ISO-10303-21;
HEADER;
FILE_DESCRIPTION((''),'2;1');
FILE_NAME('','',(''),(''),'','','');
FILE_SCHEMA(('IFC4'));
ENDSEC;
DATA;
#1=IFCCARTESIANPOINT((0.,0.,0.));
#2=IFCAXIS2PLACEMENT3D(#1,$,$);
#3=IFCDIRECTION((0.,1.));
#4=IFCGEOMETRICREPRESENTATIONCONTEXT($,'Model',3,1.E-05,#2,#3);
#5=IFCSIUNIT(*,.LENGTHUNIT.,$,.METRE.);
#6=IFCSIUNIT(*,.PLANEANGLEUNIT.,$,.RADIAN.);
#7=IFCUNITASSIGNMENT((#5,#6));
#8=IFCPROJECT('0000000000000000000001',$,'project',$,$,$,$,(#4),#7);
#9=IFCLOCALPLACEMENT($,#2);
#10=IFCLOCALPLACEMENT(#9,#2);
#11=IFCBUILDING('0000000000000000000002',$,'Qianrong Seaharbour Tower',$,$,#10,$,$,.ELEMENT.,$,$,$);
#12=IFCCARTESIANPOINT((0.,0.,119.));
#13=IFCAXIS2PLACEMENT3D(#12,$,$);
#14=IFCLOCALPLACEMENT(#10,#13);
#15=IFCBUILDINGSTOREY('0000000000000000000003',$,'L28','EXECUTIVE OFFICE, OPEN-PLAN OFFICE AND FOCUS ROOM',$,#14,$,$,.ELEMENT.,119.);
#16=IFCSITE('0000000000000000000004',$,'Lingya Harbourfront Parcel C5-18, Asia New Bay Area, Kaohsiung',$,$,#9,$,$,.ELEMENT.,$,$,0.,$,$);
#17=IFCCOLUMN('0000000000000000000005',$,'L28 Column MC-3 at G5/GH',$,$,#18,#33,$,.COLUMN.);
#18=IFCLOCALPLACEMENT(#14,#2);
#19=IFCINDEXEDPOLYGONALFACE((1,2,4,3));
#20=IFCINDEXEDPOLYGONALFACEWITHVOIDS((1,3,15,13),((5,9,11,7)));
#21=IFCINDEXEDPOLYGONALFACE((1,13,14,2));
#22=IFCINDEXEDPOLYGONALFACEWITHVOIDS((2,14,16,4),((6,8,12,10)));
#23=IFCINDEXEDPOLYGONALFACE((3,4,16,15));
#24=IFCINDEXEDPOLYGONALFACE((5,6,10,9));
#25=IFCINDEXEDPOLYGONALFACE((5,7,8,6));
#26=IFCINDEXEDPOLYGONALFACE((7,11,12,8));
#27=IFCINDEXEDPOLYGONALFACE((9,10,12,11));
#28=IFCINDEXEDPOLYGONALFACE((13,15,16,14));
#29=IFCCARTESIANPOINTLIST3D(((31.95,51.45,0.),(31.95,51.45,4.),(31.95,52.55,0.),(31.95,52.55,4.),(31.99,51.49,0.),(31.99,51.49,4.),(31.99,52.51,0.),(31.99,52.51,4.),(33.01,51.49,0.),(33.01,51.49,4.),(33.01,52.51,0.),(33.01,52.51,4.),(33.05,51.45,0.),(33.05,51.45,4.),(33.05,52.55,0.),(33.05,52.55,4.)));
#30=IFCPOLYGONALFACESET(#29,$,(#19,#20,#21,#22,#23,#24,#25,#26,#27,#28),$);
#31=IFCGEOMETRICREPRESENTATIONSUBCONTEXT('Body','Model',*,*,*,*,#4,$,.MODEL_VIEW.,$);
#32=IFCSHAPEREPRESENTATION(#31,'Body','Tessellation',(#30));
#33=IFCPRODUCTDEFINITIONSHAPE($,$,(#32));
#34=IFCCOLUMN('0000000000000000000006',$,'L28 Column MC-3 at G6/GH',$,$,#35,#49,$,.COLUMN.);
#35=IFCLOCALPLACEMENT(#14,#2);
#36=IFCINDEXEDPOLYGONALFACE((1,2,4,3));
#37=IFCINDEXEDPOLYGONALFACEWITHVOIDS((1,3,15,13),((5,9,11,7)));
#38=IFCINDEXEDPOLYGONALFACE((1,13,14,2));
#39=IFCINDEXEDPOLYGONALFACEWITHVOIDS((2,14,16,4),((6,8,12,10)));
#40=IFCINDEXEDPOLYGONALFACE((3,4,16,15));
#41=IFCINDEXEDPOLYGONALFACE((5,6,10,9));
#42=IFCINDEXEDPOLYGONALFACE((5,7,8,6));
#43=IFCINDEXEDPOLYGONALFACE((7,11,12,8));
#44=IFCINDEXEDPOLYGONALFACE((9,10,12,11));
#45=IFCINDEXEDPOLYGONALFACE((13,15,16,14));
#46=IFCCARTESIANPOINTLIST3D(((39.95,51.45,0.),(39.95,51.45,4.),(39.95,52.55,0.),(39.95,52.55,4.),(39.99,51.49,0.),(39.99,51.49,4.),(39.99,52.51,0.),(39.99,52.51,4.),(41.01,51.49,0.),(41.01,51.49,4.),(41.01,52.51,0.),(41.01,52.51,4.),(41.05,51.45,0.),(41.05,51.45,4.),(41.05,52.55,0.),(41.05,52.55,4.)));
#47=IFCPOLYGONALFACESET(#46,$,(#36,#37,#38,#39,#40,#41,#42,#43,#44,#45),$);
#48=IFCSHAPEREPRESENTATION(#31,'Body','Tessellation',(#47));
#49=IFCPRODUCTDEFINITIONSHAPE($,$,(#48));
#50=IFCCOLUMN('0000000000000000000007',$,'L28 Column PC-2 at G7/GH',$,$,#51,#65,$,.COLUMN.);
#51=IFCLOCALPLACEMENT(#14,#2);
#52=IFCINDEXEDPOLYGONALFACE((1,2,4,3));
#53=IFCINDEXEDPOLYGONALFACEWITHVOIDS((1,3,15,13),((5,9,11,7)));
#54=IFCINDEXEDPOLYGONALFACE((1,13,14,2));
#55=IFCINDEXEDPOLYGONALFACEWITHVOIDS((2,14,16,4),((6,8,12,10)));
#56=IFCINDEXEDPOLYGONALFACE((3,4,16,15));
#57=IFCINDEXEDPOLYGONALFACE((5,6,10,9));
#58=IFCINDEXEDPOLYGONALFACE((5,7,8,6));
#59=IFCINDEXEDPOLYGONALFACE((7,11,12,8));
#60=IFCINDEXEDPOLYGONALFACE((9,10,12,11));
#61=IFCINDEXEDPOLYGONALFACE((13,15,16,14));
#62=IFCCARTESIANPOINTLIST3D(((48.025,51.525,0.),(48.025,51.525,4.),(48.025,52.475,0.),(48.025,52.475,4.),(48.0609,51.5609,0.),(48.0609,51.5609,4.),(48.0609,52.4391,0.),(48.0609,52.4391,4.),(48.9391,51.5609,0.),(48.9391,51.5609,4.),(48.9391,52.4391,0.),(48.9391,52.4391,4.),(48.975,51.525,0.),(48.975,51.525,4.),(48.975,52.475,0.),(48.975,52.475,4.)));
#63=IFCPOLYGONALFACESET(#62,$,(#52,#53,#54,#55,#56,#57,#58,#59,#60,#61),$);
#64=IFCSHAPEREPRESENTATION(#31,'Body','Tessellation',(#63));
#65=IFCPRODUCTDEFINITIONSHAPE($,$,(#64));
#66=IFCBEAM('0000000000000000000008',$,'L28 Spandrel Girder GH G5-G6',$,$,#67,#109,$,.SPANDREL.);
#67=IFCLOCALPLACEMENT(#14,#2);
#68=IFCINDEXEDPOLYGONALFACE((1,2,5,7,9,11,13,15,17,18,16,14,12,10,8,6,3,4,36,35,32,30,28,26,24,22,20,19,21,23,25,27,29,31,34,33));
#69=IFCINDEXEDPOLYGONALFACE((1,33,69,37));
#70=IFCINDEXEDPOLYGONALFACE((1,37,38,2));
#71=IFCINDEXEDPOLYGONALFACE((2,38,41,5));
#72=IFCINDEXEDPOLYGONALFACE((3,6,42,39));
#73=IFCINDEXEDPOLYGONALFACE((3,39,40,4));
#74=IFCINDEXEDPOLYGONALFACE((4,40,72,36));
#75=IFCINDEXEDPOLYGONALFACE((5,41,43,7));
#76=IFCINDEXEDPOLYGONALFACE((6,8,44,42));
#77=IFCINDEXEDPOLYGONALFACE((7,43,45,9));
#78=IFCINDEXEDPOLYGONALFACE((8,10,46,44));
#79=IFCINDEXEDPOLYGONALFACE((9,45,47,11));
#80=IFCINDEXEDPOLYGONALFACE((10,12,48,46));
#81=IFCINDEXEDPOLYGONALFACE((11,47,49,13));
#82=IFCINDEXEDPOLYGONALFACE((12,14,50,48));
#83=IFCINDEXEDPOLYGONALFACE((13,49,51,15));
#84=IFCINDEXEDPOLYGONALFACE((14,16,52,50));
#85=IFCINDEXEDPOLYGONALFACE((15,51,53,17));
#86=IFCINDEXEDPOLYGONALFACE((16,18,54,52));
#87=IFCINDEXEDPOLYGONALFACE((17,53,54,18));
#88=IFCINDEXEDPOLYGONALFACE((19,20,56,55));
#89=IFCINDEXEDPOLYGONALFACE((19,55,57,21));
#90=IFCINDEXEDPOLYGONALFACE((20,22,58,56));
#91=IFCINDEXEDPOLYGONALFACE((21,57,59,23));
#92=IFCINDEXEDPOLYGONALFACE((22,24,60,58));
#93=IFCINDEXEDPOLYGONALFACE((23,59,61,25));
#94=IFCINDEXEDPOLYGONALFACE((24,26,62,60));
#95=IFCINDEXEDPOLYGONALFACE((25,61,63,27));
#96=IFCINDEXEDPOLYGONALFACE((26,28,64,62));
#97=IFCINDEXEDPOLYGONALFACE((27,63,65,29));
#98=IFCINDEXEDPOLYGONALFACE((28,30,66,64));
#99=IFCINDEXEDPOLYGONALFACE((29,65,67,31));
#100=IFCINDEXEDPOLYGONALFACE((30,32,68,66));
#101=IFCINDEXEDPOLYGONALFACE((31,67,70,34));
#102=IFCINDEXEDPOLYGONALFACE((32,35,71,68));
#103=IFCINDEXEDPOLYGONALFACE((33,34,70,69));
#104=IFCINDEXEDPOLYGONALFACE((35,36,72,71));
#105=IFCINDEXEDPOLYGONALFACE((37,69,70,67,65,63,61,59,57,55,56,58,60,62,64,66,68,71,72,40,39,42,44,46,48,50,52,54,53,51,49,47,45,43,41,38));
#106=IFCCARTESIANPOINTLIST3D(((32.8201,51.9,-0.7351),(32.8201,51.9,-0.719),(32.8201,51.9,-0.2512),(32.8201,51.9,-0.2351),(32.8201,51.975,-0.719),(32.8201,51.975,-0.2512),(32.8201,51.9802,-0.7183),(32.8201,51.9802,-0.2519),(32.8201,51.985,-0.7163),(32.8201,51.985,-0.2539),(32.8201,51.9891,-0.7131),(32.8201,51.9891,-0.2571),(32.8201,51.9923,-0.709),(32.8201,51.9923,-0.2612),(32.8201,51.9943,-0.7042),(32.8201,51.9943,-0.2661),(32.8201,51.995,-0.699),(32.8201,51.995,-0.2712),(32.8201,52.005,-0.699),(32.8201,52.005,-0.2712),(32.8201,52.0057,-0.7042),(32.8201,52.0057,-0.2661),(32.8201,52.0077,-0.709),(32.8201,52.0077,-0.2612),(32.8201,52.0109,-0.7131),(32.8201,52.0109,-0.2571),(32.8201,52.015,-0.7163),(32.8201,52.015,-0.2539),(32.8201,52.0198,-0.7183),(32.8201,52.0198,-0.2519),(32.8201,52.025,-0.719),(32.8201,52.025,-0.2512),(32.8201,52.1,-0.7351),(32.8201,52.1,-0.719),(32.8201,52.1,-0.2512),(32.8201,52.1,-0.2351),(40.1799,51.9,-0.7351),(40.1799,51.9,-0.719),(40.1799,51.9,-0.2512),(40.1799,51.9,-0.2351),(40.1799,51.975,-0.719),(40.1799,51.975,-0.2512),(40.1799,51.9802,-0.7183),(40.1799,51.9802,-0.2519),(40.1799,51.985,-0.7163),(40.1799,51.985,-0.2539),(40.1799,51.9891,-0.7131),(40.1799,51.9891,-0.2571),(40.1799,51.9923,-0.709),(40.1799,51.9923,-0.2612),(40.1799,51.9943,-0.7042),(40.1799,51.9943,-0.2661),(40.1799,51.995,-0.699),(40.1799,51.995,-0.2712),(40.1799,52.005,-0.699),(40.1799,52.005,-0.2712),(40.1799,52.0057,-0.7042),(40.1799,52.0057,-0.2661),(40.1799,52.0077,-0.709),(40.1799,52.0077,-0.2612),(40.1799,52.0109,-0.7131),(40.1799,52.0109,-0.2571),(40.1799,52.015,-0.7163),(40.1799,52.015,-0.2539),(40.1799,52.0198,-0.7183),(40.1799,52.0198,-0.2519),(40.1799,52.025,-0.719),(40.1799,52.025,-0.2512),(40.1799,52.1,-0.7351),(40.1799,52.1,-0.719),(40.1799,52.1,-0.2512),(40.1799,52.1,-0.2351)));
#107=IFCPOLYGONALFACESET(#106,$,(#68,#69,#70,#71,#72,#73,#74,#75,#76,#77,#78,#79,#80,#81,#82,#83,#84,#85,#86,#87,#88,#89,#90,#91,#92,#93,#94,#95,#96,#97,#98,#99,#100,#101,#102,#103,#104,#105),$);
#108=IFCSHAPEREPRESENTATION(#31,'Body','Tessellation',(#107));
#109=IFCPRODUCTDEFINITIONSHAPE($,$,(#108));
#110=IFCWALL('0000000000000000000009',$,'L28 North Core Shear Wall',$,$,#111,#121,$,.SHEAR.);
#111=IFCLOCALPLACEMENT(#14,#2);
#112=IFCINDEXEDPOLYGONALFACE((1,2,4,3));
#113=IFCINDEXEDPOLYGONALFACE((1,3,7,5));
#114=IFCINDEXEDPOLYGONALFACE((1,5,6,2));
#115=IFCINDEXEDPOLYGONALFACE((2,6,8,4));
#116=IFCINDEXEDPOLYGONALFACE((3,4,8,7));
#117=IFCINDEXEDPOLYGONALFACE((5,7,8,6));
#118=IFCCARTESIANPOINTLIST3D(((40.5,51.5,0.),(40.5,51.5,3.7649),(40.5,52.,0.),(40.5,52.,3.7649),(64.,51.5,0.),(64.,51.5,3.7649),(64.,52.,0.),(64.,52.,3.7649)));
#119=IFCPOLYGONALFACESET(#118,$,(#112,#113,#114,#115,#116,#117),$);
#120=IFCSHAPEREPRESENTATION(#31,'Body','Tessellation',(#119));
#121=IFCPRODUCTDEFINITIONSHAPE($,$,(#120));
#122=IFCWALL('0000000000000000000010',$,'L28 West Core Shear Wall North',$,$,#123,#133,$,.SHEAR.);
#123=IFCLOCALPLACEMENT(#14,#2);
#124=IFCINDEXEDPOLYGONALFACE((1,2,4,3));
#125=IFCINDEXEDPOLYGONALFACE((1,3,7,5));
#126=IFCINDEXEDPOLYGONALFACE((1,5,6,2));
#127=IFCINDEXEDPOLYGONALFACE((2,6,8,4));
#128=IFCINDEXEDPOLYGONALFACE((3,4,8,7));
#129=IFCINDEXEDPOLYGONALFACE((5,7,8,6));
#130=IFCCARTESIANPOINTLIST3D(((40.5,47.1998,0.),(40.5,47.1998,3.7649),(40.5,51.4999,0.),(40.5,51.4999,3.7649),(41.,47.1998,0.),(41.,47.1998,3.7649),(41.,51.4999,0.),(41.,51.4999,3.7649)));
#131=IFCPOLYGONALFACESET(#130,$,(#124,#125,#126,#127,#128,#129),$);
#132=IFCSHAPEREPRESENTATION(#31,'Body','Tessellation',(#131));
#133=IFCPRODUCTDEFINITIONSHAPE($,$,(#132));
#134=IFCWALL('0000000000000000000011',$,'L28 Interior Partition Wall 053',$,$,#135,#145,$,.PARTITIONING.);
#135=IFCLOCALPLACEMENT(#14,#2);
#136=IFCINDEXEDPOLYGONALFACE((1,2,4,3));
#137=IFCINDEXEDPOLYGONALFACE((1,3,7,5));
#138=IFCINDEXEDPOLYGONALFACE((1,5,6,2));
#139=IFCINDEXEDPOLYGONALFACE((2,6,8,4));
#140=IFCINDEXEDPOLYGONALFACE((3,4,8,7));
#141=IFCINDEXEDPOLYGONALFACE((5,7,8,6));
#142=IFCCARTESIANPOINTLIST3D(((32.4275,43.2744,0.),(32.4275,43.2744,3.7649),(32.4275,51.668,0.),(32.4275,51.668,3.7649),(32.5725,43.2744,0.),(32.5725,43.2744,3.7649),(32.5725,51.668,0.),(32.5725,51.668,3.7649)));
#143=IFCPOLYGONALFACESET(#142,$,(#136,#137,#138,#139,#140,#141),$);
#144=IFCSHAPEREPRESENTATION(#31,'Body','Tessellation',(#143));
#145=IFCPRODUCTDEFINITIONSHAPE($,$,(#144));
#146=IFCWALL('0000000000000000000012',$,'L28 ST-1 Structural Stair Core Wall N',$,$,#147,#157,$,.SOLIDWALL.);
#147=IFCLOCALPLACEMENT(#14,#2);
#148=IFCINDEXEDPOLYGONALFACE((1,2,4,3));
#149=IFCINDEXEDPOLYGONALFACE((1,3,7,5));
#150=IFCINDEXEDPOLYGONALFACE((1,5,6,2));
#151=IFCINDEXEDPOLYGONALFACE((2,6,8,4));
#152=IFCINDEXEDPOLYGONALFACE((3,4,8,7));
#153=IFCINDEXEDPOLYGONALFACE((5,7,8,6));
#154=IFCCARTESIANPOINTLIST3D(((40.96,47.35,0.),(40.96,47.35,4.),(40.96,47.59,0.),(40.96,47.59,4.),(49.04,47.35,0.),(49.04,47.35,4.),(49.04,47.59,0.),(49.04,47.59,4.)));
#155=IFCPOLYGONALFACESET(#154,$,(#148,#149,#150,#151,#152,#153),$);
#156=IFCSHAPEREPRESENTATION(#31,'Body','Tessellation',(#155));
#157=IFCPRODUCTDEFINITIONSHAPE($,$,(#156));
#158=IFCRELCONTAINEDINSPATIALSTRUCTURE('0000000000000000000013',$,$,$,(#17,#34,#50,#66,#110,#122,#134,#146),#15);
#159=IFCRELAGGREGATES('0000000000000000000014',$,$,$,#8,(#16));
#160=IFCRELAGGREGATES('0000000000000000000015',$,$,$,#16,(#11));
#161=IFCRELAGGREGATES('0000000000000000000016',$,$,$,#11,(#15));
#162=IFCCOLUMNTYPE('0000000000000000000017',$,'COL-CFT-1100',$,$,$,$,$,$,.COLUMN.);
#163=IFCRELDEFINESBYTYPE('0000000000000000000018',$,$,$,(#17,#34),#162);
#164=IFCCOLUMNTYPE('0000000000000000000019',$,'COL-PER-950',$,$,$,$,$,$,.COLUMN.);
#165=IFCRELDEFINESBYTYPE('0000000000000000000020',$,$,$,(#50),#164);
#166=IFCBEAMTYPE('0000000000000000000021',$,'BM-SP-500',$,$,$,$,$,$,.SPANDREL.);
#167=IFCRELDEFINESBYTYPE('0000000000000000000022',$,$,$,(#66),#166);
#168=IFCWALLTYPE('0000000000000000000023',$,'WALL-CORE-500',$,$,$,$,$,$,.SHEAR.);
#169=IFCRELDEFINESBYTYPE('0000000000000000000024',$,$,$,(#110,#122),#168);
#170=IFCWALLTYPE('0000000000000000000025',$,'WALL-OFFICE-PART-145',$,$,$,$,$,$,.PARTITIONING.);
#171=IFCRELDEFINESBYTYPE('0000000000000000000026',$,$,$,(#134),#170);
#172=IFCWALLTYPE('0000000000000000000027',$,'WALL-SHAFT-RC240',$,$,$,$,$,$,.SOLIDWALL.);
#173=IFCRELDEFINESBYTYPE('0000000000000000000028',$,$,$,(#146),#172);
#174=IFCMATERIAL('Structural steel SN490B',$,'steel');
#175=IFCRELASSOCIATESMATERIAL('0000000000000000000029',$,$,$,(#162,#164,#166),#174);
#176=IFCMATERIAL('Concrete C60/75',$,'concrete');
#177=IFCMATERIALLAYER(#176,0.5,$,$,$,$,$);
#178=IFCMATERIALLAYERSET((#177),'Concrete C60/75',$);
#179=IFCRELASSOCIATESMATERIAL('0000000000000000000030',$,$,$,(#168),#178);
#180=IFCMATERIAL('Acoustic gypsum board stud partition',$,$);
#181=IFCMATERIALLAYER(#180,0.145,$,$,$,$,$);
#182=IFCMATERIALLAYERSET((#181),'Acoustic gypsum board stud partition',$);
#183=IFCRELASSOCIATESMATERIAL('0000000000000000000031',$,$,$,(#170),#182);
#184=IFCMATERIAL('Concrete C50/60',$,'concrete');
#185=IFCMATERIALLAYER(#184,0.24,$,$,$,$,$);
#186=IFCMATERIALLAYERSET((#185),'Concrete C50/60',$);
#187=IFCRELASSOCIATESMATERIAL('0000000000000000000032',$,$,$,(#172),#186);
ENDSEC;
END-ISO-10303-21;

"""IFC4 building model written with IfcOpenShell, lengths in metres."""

from ifc_helpers import new_model, si_unit, direction, frame, frame_2d, origin, origin_2d, place, context, subcontext, project, spatial, rectangle, hollow_rectangle, i_section, extrude, material, layer, layer_set, material_profile, profile_set, type_object, element, save


model = new_model("IFC4")

# Units and contexts
model_context = context("Model", 3, precision=1e-05, world=origin(), true_north=direction((0.0, 1.0)))
body_context = subcontext(model_context, "Body", "Model", "MODEL_VIEW")
ifc_project = project(units=[si_unit("LENGTHUNIT", "METRE"), si_unit("PLANEANGLEUNIT", "RADIAN")], contexts=[model_context])

# Site, building, storey
site_placement = place(None, origin())
site = spatial("IfcSite", under=ifc_project, at=site_placement, Name="Lingya Harbourfront Parcel C5-18, Asia New Bay Area, Kaohsiung", CompositionType="ELEMENT", RefElevation=0.0)
building_placement = place(site_placement, origin())
building = spatial("IfcBuilding", under=site, at=building_placement, Name="Qianrong Seaharbour Tower", CompositionType="ELEMENT")
storey_placement = place(building_placement, frame((0.0, 0.0, 119.0)))
storey = spatial("IfcBuildingStorey", under=building, at=storey_placement, Name="L28", Description="EXECUTIVE OFFICE, OPEN-PLAN OFFICE AND FOCUS ROOM", CompositionType="ELEMENT", Elevation=119.0)

# Columns
ifc_material_1 = material(Name="Structural steel SN490B", Category="steel")
ifc_material_profile_1 = material_profile(ifc_material_1, hollow_rectangle(XDim=1.1001, YDim=1.1001, WallThickness=0.04, at=origin_2d()), Name="BOX1100x1100x40")
ifc_profile_set_1 = profile_set([ifc_material_profile_1], Name="Structural steel SN490B")
column_type_1 = type_object("IfcColumnType", Name="COL-CFT-1100", PredefinedType="COLUMN", material=ifc_profile_set_1)
for number, where, z_axis, x_axis, name in (
    (1, (32.5, 52.0, 0.0), (0.0, 0.0, 1.0), (1.0, 0.0, 0.0), "L28 Column MC-3 at G5/GH"),
    (2, (40.5, 52.0, 0.0), (0.0, 0.0, 1.0), (1.0, 0.0, 0.0), "L28 Column MC-3 at G6/GH"),
):
    element("IfcColumn", number, at=place(storey_placement, frame(where, z_axis=z_axis, x_axis=x_axis)), inside=storey, type_object=column_type_1, Name=name, PredefinedType="COLUMN", context=body_context, shape_type="SweptSolid", body=[
        extrude(hollow_rectangle(XDim=1.1001, YDim=1.1001, WallThickness=0.04, at=origin_2d()), origin(), (0.0, 0.0, 1.0), 4.0),
    ])
ifc_material_profile_2 = material_profile(ifc_material_1, hollow_rectangle(XDim=0.95, YDim=0.95, WallThickness=0.0359, at=origin_2d()), Name="BOX950x950x36")
ifc_profile_set_2 = profile_set([ifc_material_profile_2], Name="Structural steel SN490B")
column_type_2 = type_object("IfcColumnType", Name="COL-PER-950", PredefinedType="COLUMN", material=ifc_profile_set_2)
column_placement = place(storey_placement, frame((48.5, 52.0, 0.0), z_axis=(0.0, 0.0, 1.0), x_axis=(1.0, 0.0, 0.0)))
element("IfcColumn", 3, at=column_placement, inside=storey, type_object=column_type_2, Name="L28 Column PC-2 at G7/GH", PredefinedType="COLUMN", context=body_context, shape_type="SweptSolid", body=[
    extrude(hollow_rectangle(XDim=0.95, YDim=0.95, WallThickness=0.0359, at=origin_2d()), origin(), (0.0, 0.0, 1.0), 4.0),
])

# Beam
ifc_material_profile_3 = material_profile(ifc_material_1, i_section(OverallWidth=0.2, OverallDepth=0.5, WebThickness=0.01, FlangeThickness=0.0161, FilletRadius=0.02, at=origin_2d()), Name="H500x200x10x16")
ifc_profile_set_3 = profile_set([ifc_material_profile_3], Name="Structural steel SN490B")
beam_type = type_object("IfcBeamType", Name="BM-SP-500", PredefinedType="SPANDREL", material=ifc_profile_set_3)
beam_placement = place(storey_placement, frame((32.8201, 52.0, -0.4851), z_axis=(1.0, 0.0, 0.0), x_axis=(0.0, 1.0, 0.0)))
element("IfcBeam", 4, at=beam_placement, inside=storey, type_object=beam_type, Name="L28 Spandrel Girder GH G5-G6", PredefinedType="SPANDREL", context=body_context, shape_type="SweptSolid", body=[
    extrude(i_section(OverallWidth=0.2, OverallDepth=0.5, WebThickness=0.01, FlangeThickness=0.0161, FilletRadius=0.02, at=origin_2d()), origin(), (0.0, 0.0, 1.0), 7.3599),
])

# Walls
ifc_material_2 = material(Name="Concrete C60/75", Category="concrete")
ifc_layer_1 = layer(ifc_material_2, 0.5)
ifc_layer_set_1 = layer_set([ifc_layer_1], Name="Concrete C60/75")
wall_type_1 = type_object("IfcWallType", Name="WALL-CORE-500", PredefinedType="SHEAR", material=ifc_layer_set_1)
wall_1_placement = place(storey_placement, frame((40.5, 51.75, 0.0), z_axis=(0.0, 0.0, 1.0), x_axis=(1.0, 0.0, 0.0)))
element("IfcWall", 5, at=wall_1_placement, inside=storey, type_object=wall_type_1, Name="L28 North Core Shear Wall", PredefinedType="SHEAR", context=body_context, shape_type="SweptSolid", body=[
    extrude(rectangle(XDim=23.5, YDim=0.5, at=frame_2d((11.75, 0.0))), origin(), (0.0, 0.0, 1.0), 3.7649),
])
wall_2_placement = place(storey_placement, frame((40.75, 47.2, 0.0), z_axis=(0.0, 0.0, 1.0), x_axis=(0.0, 1.0, 0.0)))
element("IfcWall", 6, at=wall_2_placement, inside=storey, type_object=wall_type_1, Name="L28 West Core Shear Wall North", PredefinedType="SHEAR", context=body_context, shape_type="SweptSolid", body=[
    extrude(rectangle(XDim=4.3, YDim=0.5, at=frame_2d((2.1499, 0.0))), origin(), (0.0, 0.0, 1.0), 3.7649),
])

# Walls
ifc_material_3 = material(Name="Acoustic gypsum board stud partition")
ifc_layer_2 = layer(ifc_material_3, 0.145)
ifc_layer_set_2 = layer_set([ifc_layer_2], Name="Acoustic gypsum board stud partition")
wall_type_2 = type_object("IfcWallType", Name="WALL-OFFICE-PART-145", PredefinedType="PARTITIONING", material=ifc_layer_set_2)
wall_3_placement = place(storey_placement, frame((32.5, 51.668, 0.0), z_axis=(0.0, 0.0, 1.0), x_axis=(0.0, -1.0, 0.0)))
element("IfcWall", 7, at=wall_3_placement, inside=storey, type_object=wall_type_2, Name="L28 Interior Partition Wall 053", PredefinedType="PARTITIONING", context=body_context, shape_type="SweptSolid", body=[
    extrude(rectangle(XDim=8.3936, YDim=0.145, at=frame_2d((4.1968, 0.0))), origin(), (0.0, 0.0, 1.0), 3.7649),
])
ifc_material_4 = material(Name="Concrete C50/60", Category="concrete")
ifc_layer_3 = layer(ifc_material_4, 0.24)
ifc_layer_set_3 = layer_set([ifc_layer_3], Name="Concrete C50/60")
wall_type_3 = type_object("IfcWallType", Name="WALL-SHAFT-RC240", PredefinedType="SOLIDWALL", material=ifc_layer_set_3)
wall_4_placement = place(storey_placement, frame((40.96, 47.47, 0.0), z_axis=(0.0, 0.0, 1.0), x_axis=(1.0, 0.0, 0.0)))
element("IfcWall", 8, at=wall_4_placement, inside=storey, type_object=wall_type_3, Name="L28 ST-1 Structural Stair Core Wall N", PredefinedType="SOLIDWALL", context=body_context, shape_type="SweptSolid", body=[
    extrude(rectangle(XDim=8.0801, YDim=0.24, at=frame_2d((4.04, 0.0))), origin(), (0.0, 0.0, 1.0), 4.0),
])

save(model, "model.ifc")
